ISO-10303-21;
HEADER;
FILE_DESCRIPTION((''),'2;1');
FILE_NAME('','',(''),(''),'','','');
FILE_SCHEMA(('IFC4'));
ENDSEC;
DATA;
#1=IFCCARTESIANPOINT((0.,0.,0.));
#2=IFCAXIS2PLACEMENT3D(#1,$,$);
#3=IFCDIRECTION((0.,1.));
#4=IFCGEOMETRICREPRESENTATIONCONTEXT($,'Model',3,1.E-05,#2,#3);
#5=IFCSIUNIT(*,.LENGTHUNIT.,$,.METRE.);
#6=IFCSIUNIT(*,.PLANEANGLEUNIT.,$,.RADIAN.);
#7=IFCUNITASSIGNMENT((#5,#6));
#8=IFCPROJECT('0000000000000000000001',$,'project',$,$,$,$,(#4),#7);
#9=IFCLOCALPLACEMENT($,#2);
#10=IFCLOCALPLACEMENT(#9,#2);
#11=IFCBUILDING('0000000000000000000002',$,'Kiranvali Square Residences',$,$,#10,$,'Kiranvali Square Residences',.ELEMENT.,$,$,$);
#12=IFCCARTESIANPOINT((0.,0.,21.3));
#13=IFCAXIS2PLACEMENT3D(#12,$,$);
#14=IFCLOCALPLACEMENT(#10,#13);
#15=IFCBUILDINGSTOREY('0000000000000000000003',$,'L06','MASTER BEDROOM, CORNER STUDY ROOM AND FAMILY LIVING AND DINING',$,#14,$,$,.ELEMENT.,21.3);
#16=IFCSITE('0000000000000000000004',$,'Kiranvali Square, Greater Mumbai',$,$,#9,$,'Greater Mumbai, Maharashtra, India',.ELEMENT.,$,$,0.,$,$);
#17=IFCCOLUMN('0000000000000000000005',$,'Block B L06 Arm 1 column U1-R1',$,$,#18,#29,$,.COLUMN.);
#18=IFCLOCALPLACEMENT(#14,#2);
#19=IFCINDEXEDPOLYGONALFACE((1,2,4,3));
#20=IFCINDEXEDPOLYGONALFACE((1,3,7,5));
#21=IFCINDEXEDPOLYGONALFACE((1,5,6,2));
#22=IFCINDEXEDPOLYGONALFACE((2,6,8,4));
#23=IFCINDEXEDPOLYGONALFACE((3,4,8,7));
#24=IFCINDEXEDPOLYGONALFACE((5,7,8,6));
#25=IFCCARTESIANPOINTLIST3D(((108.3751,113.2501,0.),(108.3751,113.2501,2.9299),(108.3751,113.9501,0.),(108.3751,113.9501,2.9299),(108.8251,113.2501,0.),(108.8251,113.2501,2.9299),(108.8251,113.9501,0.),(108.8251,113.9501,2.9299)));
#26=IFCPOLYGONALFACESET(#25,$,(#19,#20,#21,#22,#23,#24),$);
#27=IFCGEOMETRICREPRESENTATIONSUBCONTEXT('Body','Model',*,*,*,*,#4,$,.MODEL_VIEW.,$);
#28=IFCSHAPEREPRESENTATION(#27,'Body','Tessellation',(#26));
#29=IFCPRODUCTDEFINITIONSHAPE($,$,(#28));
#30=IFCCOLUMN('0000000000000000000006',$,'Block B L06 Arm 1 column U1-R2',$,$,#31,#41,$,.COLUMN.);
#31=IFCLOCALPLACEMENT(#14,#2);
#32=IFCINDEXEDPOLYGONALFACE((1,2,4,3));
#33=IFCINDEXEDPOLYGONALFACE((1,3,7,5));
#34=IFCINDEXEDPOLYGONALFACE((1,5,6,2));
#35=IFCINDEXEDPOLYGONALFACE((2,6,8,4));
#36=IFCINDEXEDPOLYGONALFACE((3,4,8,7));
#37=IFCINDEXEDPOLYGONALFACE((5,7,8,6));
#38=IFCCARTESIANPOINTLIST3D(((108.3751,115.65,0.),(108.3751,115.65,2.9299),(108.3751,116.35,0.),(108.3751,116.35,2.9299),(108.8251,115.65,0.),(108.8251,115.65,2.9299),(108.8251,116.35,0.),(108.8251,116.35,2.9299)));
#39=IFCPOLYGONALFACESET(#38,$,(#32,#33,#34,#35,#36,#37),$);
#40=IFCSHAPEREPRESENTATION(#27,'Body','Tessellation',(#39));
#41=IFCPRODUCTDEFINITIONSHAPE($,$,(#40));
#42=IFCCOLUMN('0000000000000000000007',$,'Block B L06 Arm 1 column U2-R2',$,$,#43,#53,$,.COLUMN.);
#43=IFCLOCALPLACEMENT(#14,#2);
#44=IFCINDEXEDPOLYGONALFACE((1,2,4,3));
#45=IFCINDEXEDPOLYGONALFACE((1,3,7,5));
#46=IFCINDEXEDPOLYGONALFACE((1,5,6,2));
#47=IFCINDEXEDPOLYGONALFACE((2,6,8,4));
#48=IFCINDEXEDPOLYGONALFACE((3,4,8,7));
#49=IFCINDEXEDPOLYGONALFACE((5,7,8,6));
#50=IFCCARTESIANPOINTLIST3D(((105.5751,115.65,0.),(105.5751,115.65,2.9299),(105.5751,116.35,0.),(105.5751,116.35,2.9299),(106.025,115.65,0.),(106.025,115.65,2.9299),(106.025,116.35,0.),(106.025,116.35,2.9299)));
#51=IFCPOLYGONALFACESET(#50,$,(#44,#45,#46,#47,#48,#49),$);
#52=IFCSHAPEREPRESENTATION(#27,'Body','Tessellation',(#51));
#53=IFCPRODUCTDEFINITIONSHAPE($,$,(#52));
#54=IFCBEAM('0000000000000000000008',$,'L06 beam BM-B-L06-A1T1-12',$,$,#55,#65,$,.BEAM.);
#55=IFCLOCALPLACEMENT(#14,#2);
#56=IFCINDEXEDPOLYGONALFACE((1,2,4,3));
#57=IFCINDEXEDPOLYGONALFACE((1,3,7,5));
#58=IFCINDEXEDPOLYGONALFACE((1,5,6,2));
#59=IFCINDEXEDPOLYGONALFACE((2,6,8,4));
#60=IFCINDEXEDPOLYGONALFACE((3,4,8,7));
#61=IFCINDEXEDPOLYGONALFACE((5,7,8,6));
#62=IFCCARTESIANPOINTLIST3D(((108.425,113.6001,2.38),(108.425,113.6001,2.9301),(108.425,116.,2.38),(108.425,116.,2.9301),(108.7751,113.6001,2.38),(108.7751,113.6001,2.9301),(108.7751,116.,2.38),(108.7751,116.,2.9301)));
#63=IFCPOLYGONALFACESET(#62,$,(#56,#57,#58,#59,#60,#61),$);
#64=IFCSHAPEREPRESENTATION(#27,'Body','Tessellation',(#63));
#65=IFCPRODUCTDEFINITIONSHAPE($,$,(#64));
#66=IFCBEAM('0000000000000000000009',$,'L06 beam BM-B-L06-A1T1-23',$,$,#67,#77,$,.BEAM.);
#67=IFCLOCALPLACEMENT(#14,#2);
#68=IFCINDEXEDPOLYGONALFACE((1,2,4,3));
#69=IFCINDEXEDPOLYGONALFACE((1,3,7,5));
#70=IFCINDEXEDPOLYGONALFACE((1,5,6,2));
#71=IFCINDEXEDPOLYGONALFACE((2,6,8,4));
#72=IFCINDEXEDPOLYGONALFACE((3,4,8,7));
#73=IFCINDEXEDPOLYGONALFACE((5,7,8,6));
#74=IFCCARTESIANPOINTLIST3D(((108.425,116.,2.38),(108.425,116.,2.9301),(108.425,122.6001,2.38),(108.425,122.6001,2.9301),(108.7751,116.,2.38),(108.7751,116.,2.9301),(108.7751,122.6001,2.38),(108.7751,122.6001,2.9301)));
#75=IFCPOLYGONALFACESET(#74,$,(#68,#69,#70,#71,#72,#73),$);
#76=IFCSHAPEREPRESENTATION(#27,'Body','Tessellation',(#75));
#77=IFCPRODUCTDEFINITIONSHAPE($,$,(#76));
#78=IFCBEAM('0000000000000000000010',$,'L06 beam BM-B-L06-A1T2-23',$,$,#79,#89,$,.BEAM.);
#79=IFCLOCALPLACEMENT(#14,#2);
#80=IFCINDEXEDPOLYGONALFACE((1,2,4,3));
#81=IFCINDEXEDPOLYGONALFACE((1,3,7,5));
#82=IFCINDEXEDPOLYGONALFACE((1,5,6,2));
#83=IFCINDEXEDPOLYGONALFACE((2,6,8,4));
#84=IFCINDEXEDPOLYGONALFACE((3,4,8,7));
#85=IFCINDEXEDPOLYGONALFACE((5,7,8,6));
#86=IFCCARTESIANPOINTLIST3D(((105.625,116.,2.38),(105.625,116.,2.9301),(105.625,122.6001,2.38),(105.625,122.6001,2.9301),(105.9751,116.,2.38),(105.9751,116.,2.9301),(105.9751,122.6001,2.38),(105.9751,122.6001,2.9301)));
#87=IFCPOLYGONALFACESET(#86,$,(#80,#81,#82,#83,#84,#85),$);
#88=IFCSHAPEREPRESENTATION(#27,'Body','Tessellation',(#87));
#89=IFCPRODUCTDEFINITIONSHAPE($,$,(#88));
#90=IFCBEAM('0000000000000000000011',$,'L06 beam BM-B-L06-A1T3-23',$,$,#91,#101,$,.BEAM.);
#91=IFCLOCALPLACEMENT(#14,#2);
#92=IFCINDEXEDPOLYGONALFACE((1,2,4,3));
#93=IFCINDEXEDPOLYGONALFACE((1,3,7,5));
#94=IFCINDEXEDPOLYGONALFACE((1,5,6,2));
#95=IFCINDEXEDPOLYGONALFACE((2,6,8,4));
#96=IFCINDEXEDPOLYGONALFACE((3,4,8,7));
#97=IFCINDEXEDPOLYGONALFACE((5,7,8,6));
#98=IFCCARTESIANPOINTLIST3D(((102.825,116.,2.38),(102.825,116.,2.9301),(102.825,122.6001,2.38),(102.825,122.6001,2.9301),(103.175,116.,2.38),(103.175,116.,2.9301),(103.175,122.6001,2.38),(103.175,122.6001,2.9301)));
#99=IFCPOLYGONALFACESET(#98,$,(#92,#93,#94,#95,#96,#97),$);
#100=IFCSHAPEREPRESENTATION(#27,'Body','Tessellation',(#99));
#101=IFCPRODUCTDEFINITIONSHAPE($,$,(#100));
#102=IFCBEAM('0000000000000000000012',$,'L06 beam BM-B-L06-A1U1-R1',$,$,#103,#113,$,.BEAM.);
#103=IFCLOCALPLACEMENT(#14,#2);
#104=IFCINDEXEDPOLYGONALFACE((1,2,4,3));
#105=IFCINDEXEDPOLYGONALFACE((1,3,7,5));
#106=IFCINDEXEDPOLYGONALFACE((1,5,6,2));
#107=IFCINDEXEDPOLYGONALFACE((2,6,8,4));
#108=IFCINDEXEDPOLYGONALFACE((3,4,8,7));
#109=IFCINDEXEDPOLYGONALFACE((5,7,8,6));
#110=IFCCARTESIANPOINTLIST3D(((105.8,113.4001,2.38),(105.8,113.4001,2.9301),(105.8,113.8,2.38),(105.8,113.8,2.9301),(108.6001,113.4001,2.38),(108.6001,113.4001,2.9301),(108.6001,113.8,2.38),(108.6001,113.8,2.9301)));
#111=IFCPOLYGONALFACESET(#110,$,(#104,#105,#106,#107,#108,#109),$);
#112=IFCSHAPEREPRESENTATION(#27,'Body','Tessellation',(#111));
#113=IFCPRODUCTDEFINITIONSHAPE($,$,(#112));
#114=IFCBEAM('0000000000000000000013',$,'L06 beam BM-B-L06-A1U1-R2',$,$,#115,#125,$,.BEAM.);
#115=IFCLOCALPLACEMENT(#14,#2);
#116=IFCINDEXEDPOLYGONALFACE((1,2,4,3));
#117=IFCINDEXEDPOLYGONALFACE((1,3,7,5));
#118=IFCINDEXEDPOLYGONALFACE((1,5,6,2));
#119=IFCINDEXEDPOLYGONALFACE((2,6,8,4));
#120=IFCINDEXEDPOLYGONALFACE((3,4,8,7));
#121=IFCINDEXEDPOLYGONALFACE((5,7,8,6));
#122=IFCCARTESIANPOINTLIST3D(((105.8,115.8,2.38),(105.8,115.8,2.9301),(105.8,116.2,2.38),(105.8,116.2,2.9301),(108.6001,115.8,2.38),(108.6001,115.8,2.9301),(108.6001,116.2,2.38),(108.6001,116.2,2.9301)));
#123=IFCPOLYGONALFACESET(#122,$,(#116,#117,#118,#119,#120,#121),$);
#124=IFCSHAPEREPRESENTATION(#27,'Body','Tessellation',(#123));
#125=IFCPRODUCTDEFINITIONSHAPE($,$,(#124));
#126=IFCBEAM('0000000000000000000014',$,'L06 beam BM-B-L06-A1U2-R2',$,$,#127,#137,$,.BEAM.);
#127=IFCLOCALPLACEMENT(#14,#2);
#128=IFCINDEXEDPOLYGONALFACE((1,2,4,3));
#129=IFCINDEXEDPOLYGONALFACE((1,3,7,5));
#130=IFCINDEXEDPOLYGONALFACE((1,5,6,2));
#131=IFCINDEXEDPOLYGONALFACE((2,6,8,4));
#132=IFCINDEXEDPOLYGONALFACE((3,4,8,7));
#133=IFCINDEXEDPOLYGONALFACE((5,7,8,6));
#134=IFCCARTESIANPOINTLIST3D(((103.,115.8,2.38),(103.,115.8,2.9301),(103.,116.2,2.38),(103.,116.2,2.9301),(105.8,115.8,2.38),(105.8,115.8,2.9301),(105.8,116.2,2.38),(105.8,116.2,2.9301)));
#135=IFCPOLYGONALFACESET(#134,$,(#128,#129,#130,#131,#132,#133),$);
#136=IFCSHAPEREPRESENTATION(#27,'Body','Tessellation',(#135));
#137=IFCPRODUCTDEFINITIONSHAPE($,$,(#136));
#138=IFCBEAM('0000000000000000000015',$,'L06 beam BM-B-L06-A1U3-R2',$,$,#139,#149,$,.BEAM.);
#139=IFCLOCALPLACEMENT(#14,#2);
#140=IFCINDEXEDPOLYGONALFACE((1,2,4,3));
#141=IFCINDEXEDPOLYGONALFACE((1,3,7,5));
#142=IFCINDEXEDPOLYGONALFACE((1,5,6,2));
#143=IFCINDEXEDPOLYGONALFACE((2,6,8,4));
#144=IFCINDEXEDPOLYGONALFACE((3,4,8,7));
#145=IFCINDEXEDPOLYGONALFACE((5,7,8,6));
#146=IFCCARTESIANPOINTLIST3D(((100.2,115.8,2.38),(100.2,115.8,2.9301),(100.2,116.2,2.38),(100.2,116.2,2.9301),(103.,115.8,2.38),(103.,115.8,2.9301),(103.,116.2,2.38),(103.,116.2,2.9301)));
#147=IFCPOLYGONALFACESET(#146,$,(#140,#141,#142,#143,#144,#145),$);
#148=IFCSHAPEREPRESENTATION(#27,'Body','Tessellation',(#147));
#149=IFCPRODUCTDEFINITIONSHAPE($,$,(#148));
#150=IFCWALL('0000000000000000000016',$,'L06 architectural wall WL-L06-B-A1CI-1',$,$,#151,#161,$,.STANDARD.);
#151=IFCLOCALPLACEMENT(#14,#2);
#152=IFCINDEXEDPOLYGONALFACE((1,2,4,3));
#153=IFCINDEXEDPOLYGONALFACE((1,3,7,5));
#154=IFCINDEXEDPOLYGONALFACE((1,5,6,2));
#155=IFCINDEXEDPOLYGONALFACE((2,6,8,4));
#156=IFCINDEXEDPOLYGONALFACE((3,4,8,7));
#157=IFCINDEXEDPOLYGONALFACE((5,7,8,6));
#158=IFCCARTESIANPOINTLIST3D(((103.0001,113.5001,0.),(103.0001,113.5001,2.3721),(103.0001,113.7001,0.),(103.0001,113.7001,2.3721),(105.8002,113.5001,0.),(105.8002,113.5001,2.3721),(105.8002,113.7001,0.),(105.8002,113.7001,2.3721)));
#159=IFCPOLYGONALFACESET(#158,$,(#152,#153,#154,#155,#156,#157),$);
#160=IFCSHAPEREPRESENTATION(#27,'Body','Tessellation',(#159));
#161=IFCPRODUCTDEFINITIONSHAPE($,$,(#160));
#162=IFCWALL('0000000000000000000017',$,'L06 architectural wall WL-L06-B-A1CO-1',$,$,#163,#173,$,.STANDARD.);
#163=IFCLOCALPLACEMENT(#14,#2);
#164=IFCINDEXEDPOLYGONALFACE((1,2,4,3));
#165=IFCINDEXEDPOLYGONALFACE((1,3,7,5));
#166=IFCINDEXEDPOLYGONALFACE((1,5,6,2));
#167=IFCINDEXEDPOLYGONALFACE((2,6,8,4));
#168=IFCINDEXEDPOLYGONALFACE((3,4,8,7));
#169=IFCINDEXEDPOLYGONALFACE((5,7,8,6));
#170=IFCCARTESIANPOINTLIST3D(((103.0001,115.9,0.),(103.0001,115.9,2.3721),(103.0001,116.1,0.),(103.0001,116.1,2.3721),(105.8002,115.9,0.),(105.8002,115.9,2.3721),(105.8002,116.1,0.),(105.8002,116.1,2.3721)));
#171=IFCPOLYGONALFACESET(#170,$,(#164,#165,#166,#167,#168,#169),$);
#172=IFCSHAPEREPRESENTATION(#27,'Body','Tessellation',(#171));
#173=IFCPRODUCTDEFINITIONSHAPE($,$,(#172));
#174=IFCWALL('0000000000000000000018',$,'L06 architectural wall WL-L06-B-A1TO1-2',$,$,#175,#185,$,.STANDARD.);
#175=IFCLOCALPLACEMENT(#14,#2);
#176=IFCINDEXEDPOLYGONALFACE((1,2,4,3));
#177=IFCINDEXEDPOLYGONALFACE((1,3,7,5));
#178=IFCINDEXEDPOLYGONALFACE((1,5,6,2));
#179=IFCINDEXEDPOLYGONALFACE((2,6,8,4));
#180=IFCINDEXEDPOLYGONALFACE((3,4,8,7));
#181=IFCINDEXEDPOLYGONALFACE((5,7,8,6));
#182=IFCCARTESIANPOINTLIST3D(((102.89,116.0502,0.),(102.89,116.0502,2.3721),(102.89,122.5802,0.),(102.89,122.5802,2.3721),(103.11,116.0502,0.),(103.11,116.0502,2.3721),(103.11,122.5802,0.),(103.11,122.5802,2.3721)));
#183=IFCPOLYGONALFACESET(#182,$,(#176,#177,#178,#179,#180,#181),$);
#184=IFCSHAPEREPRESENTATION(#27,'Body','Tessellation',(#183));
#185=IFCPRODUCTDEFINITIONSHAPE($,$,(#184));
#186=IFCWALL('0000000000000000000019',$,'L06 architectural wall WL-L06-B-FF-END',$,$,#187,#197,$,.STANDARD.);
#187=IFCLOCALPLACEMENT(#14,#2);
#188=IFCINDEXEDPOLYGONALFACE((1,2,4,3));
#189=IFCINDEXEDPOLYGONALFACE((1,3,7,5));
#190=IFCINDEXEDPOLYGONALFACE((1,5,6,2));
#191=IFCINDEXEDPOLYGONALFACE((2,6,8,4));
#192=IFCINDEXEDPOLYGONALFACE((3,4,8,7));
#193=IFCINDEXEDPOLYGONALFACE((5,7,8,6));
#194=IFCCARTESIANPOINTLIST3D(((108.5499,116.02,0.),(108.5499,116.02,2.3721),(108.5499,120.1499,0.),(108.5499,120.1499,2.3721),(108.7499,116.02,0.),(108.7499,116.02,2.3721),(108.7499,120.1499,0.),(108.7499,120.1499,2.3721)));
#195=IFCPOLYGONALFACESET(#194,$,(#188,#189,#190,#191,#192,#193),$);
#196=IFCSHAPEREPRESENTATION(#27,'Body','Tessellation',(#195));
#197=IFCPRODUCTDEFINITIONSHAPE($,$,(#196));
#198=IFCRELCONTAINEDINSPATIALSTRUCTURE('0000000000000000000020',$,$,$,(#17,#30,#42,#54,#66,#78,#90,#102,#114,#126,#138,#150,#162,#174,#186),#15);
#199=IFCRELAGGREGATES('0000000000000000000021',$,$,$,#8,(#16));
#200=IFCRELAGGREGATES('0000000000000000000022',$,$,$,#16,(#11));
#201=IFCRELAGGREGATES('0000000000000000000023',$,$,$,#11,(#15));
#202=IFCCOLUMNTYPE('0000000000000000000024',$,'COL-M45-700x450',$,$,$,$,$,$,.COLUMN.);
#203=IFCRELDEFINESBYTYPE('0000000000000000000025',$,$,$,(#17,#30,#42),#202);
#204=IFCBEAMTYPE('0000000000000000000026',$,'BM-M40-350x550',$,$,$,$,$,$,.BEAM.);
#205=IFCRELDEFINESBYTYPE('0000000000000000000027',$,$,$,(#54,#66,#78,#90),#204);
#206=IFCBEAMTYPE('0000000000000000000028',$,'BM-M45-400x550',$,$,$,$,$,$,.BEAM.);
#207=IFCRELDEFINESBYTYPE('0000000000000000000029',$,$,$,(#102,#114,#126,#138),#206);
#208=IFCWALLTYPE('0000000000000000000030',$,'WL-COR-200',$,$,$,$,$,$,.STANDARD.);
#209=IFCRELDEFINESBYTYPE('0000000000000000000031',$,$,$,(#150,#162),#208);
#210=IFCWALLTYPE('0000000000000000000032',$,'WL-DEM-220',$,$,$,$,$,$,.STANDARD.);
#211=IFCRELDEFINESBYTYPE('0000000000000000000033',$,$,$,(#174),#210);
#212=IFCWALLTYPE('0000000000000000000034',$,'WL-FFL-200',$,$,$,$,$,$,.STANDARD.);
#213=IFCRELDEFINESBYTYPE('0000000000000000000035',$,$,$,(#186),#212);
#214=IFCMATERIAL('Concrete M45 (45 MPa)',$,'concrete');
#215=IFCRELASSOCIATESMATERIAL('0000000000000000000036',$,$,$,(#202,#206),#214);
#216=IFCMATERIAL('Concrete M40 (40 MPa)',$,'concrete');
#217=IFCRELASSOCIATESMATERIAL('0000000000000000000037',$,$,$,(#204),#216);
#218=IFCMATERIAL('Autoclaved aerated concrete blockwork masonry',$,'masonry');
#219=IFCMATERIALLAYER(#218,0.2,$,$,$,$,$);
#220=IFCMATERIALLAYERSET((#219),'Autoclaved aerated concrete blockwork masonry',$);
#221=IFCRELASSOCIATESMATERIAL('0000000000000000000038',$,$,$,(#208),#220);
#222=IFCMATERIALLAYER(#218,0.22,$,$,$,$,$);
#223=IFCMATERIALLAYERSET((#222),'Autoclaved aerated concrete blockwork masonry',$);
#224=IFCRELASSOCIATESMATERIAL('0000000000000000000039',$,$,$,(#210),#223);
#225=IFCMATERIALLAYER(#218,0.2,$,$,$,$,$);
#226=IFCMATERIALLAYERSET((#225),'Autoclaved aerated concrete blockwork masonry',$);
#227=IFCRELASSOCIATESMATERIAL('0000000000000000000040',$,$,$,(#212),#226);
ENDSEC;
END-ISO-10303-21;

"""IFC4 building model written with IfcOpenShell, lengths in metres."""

from ifc_helpers import new_model, si_unit, direction, frame, frame_2d, origin, origin_2d, place, context, subcontext, project, spatial, rectangle, extrude, material, layer, layer_set, material_profile, profile_set, type_object, element, save


model = new_model("IFC4")

# Units and contexts
model_context = context("Model", 3, precision=1e-05, world=origin(), true_north=direction((0.0, 1.0)))
body_context = subcontext(model_context, "Body", "Model", "MODEL_VIEW")
ifc_project = project(units=[si_unit("LENGTHUNIT", "METRE"), si_unit("PLANEANGLEUNIT", "RADIAN")], contexts=[model_context])

# Site, building, storey
site_placement = place(None, origin())
site = spatial("IfcSite", under=ifc_project, at=site_placement, Name="Kiranvali Square, Greater Mumbai", LongName="Greater Mumbai, Maharashtra, India", CompositionType="ELEMENT", RefElevation=0.0)
building_placement = place(site_placement, origin())
building = spatial("IfcBuilding", under=site, at=building_placement, Name="Kiranvali Square Residences", LongName="Kiranvali Square Residences", CompositionType="ELEMENT")
storey_placement = place(building_placement, frame((0.0, 0.0, 21.3)))
storey = spatial("IfcBuildingStorey", under=building, at=storey_placement, Name="L06", Description="MASTER BEDROOM, CORNER STUDY ROOM AND FAMILY LIVING AND DINING", CompositionType="ELEMENT", Elevation=21.3)

# Columns
ifc_material_1 = material(Name="Concrete M45 (45 MPa)", Category="concrete")
ifc_material_profile_1 = material_profile(ifc_material_1, rectangle(XDim=0.45, YDim=0.7, at=origin_2d()), Name="RC 700x450")
ifc_profile_set_1 = profile_set([ifc_material_profile_1], Name="Concrete M45 (45 MPa)")
column_type = type_object("IfcColumnType", Name="COL-M45-700x450", PredefinedType="COLUMN", material=ifc_profile_set_1)
for number, where, z_axis, x_axis, name in (
    (1, (108.6001, 113.6001, 0.0), (0.0, 0.0, 1.0), (1.0, 0.0, 0.0), "Block B L06 Arm 1 column U1-R1"),
    (2, (108.6001, 116.0, 0.0), (0.0, 0.0, 1.0), (1.0, 0.0, 0.0), "Block B L06 Arm 1 column U1-R2"),
    (3, (105.8, 116.0, 0.0), (0.0, 0.0, 1.0), (1.0, 0.0, 0.0), "Block B L06 Arm 1 column U2-R2"),
):
    element("IfcColumn", number, at=place(storey_placement, frame(where, z_axis=z_axis, x_axis=x_axis)), inside=storey, type_object=column_type, Name=name, PredefinedType="COLUMN", context=body_context, shape_type="SweptSolid", body=[
        extrude(rectangle(XDim=0.45, YDim=0.7, at=origin_2d()), origin(), (0.0, 0.0, 1.0), 2.9299),
    ])

# Beams
ifc_material_2 = material(Name="Concrete M40 (40 MPa)", Category="concrete")
ifc_material_profile_2 = material_profile(ifc_material_2, rectangle(XDim=0.3501, YDim=0.55, at=origin_2d()), Name="RC 350x550")
ifc_profile_set_2 = profile_set([ifc_material_profile_2], Name="Concrete M40 (40 MPa)")
beam_type_1 = type_object("IfcBeamType", Name="BM-M40-350x550", PredefinedType="BEAM", material=ifc_profile_set_2)
beam_placement = place(storey_placement, frame((108.6001, 113.6001, 2.655), z_axis=(0.0, 1.0, 0.0), x_axis=(-1.0, 0.0, 0.0)))
element("IfcBeam", 4, at=beam_placement, inside=storey, type_object=beam_type_1, Name="L06 beam BM-B-L06-A1T1-12", PredefinedType="BEAM", context=body_context, shape_type="SweptSolid", body=[
    extrude(rectangle(XDim=0.3501, YDim=0.55, at=origin_2d()), origin(), (0.0, 0.0, 1.0), 2.3999),
])
for number, where, z_axis, x_axis, name in (
    (5, (108.6001, 116.0, 2.655), (0.0, 1.0, 0.0), (-1.0, 0.0, 0.0), "L06 beam BM-B-L06-A1T1-23"),
    (6, (105.8, 116.0, 2.655), (0.0, 1.0, 0.0), (-1.0, 0.0, 0.0), "L06 beam BM-B-L06-A1T2-23"),
    (7, (103.0, 116.0, 2.655), (0.0, 1.0, 0.0), (-1.0, 0.0, 0.0), "L06 beam BM-B-L06-A1T3-23"),
):
    element("IfcBeam", number, at=place(storey_placement, frame(where, z_axis=z_axis, x_axis=x_axis)), inside=storey, type_object=beam_type_1, Name=name, PredefinedType="BEAM", context=body_context, shape_type="SweptSolid", body=[
        extrude(rectangle(XDim=0.3501, YDim=0.55, at=origin_2d()), origin(), (0.0, 0.0, 1.0), 6.6001),
    ])
ifc_material_profile_3 = material_profile(ifc_material_1, rectangle(XDim=0.3999, YDim=0.55, at=origin_2d()), Name="RC 400x550")
ifc_profile_set_3 = profile_set([ifc_material_profile_3], Name="Concrete M45 (45 MPa)")
beam_type_2 = type_object("IfcBeamType", Name="BM-M45-400x550", PredefinedType="BEAM", material=ifc_profile_set_3)
for number, where, z_axis, x_axis, name in (
    (8, (108.6001, 113.6001, 2.655), (-1.0, 0.0, 0.0), (0.0, -1.0, 0.0), "L06 beam BM-B-L06-A1U1-R1"),
    (9, (108.6001, 116.0, 2.655), (-1.0, 0.0, 0.0), (0.0, -1.0, 0.0), "L06 beam BM-B-L06-A1U1-R2"),
    (10, (105.8, 116.0, 2.655), (-1.0, 0.0, 0.0), (0.0, -1.0, 0.0), "L06 beam BM-B-L06-A1U2-R2"),
    (11, (103.0, 116.0, 2.655), (-1.0, 0.0, 0.0), (0.0, -1.0, 0.0), "L06 beam BM-B-L06-A1U3-R2"),
):
    element("IfcBeam", number, at=place(storey_placement, frame(where, z_axis=z_axis, x_axis=x_axis)), inside=storey, type_object=beam_type_2, Name=name, PredefinedType="BEAM", context=body_context, shape_type="SweptSolid", body=[
        extrude(rectangle(XDim=0.3999, YDim=0.55, at=origin_2d()), origin(), (0.0, 0.0, 1.0), 2.8),
    ])

# Shared definitions
ifc_material_3 = material(Name="Autoclaved aerated concrete blockwork masonry", Category="masonry")
ifc_layer_1 = layer(ifc_material_3, 0.2)
ifc_layer_set_1 = layer_set([ifc_layer_1], Name="Autoclaved aerated concrete blockwork masonry")
wall_type_1 = type_object("IfcWallType", Name="WL-COR-200", PredefinedType="STANDARD", material=ifc_layer_set_1)

# Walls
for number, where, z_axis, x_axis, name in (
    (12, (105.8, 113.6001, 0.0), (0.0, 0.0, 1.0), (-1.0, 0.0, 0.0), "L06 architectural wall WL-L06-B-A1CI-1"),
    (13, (105.8, 116.0, 0.0), (0.0, 0.0, 1.0), (-1.0, 0.0, 0.0), "L06 architectural wall WL-L06-B-A1CO-1"),
):
    element("IfcWall", number, at=place(storey_placement, frame(where, z_axis=z_axis, x_axis=x_axis)), inside=storey, type_object=wall_type_1, Name=name, PredefinedType="STANDARD", context=body_context, shape_type="SweptSolid", body=[
        extrude(rectangle(XDim=2.8, YDim=0.2, at=frame_2d((1.3999, 0.0))), origin(), (0.0, 0.0, 1.0), 2.3721),
    ])

# Walls
ifc_layer_2 = layer(ifc_material_3, 0.22)
ifc_layer_set_2 = layer_set([ifc_layer_2], Name="Autoclaved aerated concrete blockwork masonry")
wall_type_2 = type_object("IfcWallType", Name="WL-DEM-220", PredefinedType="STANDARD", material=ifc_layer_set_2)
wall_1_placement = place(storey_placement, frame((103.0, 116.05, 0.0), z_axis=(0.0, 0.0, 1.0), x_axis=(0.0, 1.0, 0.0)))
element("IfcWall", 14, at=wall_1_placement, inside=storey, type_object=wall_type_2, Name="L06 architectural wall WL-L06-B-A1TO1-2", PredefinedType="STANDARD", context=body_context, shape_type="SweptSolid", body=[
    extrude(rectangle(XDim=6.53, YDim=0.22, at=frame_2d((3.2651, 0.0))), origin(), (0.0, 0.0, 1.0), 2.3721),
])
ifc_layer_3 = layer(ifc_material_3, 0.2)
ifc_layer_set_3 = layer_set([ifc_layer_3], Name="Autoclaved aerated concrete blockwork masonry")
wall_type_3 = type_object("IfcWallType", Name="WL-FFL-200", PredefinedType="STANDARD", material=ifc_layer_set_3)
wall_2_placement = place(storey_placement, frame((108.6499, 116.02, 0.0), z_axis=(0.0, 0.0, 1.0), x_axis=(0.0, 1.0, 0.0)))
element("IfcWall", 15, at=wall_2_placement, inside=storey, type_object=wall_type_3, Name="L06 architectural wall WL-L06-B-FF-END", PredefinedType="STANDARD", context=body_context, shape_type="SweptSolid", body=[
    extrude(rectangle(XDim=4.1299, YDim=0.2, at=frame_2d((2.0649, 0.0))), origin(), (0.0, 0.0, 1.0), 2.3721),
])

save(model, "model.ifc")
